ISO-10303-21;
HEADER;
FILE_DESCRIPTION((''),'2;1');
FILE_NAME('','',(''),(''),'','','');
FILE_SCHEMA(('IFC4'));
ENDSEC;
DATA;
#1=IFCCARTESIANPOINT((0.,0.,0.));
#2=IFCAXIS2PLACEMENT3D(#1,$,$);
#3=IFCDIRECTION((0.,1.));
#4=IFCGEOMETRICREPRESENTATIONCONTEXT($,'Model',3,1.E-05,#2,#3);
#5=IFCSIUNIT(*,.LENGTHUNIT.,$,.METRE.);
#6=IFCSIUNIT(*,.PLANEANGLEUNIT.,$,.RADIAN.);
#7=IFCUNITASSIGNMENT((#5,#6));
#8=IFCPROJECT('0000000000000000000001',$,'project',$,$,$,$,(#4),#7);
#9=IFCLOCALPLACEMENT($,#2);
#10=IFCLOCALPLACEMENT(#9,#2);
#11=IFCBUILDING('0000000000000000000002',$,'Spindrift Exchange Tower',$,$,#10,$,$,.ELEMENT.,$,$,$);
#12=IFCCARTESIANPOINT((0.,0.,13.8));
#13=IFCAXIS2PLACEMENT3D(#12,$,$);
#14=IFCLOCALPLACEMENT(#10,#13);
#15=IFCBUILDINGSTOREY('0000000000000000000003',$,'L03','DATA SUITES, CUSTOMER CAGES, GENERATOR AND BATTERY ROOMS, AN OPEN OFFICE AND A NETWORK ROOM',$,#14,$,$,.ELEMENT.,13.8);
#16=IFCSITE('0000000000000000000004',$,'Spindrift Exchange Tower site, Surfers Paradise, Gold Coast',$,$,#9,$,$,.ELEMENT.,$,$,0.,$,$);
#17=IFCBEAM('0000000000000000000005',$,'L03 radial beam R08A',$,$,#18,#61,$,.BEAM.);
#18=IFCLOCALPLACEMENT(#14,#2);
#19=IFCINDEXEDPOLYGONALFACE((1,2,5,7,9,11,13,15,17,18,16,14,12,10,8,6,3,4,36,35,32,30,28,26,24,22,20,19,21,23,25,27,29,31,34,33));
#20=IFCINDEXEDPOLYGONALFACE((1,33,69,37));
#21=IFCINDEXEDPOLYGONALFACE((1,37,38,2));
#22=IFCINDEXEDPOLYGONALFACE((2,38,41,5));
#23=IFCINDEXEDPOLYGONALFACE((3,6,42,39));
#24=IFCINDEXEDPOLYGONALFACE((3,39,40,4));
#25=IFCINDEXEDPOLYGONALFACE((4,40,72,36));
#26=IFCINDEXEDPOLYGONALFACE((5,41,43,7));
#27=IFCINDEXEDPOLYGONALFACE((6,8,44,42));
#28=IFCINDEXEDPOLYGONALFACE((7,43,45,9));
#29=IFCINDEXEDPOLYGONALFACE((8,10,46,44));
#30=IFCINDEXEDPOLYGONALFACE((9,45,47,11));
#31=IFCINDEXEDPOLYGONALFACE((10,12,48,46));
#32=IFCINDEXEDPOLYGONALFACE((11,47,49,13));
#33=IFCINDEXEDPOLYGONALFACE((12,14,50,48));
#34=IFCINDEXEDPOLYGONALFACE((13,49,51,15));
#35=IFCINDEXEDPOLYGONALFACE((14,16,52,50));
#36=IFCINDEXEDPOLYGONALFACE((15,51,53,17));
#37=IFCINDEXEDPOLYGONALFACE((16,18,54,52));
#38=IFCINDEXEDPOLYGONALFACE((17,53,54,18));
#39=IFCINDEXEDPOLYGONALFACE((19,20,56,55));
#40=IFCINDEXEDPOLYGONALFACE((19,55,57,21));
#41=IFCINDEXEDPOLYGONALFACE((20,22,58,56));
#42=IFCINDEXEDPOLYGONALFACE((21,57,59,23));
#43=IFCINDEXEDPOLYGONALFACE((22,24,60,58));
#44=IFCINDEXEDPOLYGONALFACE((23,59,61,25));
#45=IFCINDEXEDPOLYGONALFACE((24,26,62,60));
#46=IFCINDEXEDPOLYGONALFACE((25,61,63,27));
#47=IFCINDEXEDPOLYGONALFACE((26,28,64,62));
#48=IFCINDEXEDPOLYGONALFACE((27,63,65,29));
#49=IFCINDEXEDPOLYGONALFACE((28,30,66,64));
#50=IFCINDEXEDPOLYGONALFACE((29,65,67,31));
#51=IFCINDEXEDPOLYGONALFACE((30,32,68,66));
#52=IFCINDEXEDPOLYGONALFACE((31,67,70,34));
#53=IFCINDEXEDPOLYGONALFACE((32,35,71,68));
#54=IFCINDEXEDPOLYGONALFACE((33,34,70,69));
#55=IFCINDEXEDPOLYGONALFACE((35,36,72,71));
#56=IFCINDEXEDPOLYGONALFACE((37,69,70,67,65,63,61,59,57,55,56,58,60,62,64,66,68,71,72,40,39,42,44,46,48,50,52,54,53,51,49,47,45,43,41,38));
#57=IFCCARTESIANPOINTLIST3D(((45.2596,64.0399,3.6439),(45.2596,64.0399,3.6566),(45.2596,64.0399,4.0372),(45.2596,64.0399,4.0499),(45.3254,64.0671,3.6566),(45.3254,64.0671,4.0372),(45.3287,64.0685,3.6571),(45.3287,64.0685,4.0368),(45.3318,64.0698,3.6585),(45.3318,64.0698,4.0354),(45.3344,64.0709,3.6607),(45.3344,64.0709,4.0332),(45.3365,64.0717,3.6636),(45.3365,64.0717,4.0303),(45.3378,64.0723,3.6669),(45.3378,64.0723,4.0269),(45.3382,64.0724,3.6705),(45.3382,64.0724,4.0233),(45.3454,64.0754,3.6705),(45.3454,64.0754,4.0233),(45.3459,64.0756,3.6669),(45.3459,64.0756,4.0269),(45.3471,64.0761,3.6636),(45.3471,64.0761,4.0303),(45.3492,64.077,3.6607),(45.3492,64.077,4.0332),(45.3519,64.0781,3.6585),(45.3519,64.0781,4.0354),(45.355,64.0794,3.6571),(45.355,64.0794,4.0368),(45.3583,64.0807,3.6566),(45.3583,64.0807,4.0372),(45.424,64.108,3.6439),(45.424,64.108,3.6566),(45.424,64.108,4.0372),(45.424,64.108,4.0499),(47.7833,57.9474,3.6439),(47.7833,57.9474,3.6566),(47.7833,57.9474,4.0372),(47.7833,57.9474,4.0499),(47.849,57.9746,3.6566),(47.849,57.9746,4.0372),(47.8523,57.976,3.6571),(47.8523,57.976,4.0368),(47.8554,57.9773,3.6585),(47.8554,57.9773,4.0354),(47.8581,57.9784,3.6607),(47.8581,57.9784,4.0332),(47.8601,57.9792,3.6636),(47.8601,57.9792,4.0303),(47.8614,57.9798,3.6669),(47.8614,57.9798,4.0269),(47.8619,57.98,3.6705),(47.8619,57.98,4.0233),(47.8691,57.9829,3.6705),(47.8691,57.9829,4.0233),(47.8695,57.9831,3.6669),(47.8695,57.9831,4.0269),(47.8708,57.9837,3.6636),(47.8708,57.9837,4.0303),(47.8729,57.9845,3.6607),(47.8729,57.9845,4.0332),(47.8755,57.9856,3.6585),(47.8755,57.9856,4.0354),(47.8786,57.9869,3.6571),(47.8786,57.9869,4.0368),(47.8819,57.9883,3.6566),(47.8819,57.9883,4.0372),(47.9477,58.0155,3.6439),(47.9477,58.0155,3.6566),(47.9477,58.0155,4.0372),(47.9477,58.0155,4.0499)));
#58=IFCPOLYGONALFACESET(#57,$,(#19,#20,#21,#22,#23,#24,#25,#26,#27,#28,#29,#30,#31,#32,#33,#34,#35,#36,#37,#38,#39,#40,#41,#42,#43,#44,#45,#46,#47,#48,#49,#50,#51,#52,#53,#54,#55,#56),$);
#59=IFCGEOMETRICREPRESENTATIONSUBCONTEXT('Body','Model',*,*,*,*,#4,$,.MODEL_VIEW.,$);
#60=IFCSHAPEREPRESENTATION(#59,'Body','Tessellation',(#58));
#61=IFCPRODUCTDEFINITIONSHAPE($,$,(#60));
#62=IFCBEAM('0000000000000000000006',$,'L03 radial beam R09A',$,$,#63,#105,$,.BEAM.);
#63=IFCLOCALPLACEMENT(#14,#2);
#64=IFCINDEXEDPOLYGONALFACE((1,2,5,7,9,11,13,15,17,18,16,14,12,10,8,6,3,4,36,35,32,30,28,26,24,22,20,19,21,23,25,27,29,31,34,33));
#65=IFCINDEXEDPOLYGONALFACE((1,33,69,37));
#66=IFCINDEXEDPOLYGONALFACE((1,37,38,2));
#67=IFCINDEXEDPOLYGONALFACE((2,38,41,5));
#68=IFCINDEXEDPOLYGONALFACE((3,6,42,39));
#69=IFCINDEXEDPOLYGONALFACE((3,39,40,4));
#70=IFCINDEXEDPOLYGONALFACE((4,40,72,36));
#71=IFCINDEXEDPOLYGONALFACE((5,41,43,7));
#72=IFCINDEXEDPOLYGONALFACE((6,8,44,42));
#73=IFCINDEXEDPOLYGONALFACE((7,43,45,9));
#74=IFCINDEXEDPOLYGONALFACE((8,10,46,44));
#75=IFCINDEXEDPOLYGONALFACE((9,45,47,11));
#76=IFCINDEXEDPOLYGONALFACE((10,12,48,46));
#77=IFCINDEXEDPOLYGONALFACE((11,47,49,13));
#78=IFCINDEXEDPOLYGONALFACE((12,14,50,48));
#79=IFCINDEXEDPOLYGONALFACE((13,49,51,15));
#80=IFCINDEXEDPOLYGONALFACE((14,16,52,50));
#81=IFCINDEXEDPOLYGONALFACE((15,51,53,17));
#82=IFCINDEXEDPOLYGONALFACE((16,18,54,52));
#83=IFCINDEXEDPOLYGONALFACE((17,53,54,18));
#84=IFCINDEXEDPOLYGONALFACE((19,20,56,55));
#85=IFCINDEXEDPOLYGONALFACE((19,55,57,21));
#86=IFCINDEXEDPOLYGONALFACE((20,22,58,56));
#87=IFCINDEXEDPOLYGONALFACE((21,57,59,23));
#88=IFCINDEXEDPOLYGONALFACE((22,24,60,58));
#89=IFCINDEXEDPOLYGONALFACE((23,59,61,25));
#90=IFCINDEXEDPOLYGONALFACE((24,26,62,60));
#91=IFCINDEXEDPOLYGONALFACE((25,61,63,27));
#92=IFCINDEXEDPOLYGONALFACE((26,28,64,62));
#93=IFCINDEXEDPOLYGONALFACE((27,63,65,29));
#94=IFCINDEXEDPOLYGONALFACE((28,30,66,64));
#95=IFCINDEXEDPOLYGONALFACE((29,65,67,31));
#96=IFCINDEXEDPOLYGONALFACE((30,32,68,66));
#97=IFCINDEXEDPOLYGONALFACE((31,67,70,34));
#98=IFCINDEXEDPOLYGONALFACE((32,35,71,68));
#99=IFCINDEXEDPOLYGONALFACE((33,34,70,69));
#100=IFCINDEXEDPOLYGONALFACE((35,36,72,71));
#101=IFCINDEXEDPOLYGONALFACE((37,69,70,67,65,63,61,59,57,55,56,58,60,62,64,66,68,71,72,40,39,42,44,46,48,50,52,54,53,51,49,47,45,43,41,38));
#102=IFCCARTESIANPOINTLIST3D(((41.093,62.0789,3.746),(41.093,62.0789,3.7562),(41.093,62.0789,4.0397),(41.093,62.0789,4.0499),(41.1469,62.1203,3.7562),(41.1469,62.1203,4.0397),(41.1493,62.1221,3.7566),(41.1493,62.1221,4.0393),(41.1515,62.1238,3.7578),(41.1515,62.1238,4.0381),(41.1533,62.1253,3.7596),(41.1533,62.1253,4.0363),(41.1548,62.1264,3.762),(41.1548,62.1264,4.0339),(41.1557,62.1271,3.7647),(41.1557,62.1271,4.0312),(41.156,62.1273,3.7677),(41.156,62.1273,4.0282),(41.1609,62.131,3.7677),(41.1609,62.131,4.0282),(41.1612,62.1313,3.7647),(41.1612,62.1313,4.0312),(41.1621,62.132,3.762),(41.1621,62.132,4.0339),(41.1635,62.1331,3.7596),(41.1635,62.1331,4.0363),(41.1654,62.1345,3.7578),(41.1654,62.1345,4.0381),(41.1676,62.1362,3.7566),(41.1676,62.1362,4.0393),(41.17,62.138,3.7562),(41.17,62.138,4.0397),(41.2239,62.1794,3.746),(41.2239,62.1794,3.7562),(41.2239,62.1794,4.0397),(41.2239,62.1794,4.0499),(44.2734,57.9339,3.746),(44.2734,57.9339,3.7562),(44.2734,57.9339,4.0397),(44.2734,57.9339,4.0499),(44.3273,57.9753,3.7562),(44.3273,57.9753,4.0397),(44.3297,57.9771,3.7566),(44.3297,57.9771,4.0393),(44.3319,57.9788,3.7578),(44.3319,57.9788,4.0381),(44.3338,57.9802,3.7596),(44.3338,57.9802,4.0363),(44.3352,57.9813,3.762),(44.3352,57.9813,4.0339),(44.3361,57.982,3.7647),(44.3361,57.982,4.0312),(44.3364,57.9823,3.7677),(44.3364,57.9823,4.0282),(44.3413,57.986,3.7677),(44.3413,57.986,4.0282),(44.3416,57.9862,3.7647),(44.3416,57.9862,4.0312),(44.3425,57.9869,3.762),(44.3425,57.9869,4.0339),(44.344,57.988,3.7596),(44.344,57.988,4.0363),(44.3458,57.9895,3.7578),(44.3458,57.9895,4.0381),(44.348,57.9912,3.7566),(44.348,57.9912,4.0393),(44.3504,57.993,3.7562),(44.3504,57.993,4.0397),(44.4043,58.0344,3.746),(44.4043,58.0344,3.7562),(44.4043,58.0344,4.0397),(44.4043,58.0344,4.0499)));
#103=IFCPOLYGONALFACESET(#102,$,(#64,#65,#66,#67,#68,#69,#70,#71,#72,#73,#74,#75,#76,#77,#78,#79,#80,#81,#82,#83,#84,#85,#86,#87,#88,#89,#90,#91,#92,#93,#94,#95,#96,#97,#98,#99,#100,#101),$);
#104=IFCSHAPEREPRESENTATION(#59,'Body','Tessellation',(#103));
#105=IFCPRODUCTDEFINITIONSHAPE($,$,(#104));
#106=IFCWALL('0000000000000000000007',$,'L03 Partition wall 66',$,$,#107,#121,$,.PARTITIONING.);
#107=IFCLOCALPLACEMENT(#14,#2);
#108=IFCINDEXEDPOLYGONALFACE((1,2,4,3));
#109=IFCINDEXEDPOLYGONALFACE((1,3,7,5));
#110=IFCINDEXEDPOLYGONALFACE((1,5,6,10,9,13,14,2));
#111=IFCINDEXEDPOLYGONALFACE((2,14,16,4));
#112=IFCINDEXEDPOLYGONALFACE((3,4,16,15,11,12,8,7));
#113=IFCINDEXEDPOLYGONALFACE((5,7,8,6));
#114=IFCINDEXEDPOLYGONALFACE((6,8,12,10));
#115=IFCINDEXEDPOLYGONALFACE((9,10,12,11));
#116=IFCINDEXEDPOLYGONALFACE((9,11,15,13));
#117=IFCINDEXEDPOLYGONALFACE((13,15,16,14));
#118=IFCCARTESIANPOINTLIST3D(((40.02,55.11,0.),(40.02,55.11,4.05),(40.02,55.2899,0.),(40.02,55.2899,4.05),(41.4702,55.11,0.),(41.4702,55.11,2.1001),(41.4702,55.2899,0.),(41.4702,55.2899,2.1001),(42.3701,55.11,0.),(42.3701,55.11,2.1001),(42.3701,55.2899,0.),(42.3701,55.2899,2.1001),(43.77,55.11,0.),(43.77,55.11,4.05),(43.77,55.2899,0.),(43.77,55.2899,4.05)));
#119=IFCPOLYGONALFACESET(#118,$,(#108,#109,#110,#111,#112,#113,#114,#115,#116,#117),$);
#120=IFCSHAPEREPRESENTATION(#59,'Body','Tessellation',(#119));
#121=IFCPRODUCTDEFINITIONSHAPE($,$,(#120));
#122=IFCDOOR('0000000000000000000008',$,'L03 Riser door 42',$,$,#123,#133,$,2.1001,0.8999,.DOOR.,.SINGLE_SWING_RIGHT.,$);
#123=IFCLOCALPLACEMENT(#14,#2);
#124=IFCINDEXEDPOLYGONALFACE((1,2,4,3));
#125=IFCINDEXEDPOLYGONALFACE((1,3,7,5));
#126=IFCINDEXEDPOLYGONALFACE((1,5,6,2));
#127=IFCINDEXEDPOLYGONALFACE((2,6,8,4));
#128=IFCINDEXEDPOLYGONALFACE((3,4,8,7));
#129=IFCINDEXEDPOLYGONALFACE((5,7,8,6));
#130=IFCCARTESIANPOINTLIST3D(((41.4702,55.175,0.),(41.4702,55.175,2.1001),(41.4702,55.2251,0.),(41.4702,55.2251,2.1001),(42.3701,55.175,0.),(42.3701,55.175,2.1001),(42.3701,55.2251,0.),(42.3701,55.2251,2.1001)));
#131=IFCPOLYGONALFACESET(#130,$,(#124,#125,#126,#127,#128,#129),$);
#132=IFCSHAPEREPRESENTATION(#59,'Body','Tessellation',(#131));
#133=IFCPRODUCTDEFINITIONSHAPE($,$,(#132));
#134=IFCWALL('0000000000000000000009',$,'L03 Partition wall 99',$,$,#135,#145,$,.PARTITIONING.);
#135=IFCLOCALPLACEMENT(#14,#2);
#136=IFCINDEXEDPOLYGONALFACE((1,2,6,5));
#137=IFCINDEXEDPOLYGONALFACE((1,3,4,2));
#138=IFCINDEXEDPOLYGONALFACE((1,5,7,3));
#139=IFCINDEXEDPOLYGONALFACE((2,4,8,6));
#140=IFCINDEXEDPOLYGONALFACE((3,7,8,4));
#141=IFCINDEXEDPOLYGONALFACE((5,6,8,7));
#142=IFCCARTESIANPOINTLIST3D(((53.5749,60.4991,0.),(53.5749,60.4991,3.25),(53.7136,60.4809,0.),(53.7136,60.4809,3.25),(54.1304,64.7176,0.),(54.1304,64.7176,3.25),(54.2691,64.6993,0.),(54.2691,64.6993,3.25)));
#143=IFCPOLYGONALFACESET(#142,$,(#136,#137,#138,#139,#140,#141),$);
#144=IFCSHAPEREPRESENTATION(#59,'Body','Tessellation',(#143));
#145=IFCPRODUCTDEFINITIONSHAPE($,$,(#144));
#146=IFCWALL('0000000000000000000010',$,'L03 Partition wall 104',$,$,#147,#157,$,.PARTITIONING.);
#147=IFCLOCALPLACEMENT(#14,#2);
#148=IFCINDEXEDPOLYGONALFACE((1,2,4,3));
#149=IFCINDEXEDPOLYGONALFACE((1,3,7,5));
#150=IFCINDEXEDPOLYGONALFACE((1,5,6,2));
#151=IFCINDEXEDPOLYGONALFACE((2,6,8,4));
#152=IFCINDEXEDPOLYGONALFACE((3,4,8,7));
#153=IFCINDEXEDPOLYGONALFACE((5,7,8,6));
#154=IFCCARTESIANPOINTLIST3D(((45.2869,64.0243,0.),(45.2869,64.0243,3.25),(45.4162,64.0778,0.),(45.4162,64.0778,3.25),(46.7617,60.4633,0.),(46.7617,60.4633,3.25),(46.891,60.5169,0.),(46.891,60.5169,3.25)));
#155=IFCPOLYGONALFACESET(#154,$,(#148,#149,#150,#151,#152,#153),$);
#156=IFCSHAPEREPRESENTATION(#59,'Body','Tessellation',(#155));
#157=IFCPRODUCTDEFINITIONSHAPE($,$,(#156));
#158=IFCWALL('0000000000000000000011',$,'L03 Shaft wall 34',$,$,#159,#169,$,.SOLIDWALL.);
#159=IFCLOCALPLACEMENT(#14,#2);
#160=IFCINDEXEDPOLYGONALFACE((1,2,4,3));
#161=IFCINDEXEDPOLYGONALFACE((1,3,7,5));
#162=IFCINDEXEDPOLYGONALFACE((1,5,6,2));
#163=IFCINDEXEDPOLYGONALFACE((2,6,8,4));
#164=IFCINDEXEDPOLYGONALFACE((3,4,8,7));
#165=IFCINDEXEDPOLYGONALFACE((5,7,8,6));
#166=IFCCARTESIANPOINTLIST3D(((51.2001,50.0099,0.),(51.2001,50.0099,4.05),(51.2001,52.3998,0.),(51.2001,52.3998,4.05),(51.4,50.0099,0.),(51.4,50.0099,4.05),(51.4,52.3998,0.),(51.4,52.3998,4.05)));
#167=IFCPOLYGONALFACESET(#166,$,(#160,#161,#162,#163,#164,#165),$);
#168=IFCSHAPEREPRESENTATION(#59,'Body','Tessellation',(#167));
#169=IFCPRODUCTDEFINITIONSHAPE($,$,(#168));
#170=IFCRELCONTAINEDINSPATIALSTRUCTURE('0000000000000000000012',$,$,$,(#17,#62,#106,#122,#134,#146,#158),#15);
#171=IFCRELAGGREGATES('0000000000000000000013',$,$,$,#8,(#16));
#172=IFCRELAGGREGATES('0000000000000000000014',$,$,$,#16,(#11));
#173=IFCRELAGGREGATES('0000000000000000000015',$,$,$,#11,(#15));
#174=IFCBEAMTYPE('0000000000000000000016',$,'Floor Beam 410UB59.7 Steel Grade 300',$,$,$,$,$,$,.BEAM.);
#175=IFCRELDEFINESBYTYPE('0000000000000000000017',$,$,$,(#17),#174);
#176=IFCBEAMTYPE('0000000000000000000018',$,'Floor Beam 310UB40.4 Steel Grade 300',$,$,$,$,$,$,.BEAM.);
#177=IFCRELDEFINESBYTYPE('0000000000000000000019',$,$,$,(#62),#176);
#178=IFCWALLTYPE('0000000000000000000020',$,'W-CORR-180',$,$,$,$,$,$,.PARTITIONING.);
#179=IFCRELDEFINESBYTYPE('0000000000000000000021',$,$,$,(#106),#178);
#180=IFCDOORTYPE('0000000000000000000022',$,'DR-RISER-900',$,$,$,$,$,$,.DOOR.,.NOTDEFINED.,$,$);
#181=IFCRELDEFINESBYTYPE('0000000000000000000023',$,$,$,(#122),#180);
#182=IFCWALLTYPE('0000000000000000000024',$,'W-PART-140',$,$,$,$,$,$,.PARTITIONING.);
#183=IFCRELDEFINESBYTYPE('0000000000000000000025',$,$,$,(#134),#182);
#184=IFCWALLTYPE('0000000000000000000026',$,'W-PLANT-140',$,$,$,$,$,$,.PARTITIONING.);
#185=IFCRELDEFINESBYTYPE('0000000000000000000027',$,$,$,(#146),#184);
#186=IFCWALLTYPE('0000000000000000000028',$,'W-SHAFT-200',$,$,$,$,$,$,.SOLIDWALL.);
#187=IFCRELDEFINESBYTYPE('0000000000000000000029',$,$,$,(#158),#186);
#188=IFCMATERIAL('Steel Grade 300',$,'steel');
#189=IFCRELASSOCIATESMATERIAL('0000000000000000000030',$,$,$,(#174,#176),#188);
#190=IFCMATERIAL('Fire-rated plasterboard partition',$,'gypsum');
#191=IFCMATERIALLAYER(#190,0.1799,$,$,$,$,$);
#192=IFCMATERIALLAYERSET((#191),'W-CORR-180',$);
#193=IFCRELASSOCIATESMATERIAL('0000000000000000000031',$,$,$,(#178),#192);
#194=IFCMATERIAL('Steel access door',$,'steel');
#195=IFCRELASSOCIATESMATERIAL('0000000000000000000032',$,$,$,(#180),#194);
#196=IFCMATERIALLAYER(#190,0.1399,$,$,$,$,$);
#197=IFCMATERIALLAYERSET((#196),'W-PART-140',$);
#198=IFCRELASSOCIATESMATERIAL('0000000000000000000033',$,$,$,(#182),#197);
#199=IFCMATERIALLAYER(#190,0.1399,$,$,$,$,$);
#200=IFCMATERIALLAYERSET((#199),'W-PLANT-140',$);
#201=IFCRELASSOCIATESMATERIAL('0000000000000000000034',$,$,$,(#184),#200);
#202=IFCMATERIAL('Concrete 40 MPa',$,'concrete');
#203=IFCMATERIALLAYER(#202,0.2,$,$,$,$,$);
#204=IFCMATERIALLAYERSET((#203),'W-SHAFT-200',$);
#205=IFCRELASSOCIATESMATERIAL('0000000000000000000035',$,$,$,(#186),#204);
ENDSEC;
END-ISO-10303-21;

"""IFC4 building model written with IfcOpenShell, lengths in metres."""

from ifc_helpers import new_model, si_unit, direction, frame, frame_2d, origin, origin_2d, place, context, subcontext, project, spatial, rectangle, i_section, extrude, source, transform, mapped, material, layer, layer_set, material_profile, profile_set, type_object, element, fill, save


model = new_model("IFC4")

# Units and contexts
model_context = context("Model", 3, precision=1e-05, world=origin(), true_north=direction((0.0, 1.0)))
body_context = subcontext(model_context, "Body", "Model", "MODEL_VIEW")
ifc_project = project(units=[si_unit("LENGTHUNIT", "METRE"), si_unit("PLANEANGLEUNIT", "RADIAN")], contexts=[model_context])

# Site, building, storey
site_placement = place(None, origin())
site = spatial("IfcSite", under=ifc_project, at=site_placement, Name="Spindrift Exchange Tower site, Surfers Paradise, Gold Coast", CompositionType="ELEMENT", RefElevation=0.0)
building_placement = place(site_placement, origin())
building = spatial("IfcBuilding", under=site, at=building_placement, Name="Spindrift Exchange Tower", CompositionType="ELEMENT")
storey_placement = place(building_placement, frame((0.0, 0.0, 13.8)))
storey = spatial("IfcBuildingStorey", under=building, at=storey_placement, Name="L03", Description="DATA SUITES, CUSTOMER CAGES, GENERATOR AND BATTERY ROOMS, AN OPEN OFFICE AND A NETWORK ROOM", CompositionType="ELEMENT", Elevation=13.8)

# Beams
ifc_material_1 = material(Name="Steel Grade 300", Category="steel")
ifc_material_profile_1 = material_profile(ifc_material_1, i_section(OverallWidth=0.178, OverallDepth=0.406, WebThickness=0.0078, FlangeThickness=0.0127, FilletRadius=0.0139, at=origin_2d()), Name="410UB59.7")
ifc_profile_set_1 = profile_set([ifc_material_profile_1], Name="Steel Grade 300")
beam_type_1 = type_object("IfcBeamType", Name="Floor Beam 410UB59.7 Steel Grade 300", PredefinedType="BEAM", material=ifc_profile_set_1)
shared_shape_1 = source(origin(), body_context, "Body", "SweptSolid", [
    extrude(i_section(OverallWidth=0.178, OverallDepth=0.406, WebThickness=0.0078, FlangeThickness=0.0127, FilletRadius=0.0139, at=origin_2d()), origin(), (0.0, 0.0, 1.0), 6.5945),
])
beam_1_placement = place(storey_placement, frame((47.8655, 57.9814, 3.8469), z_axis=(-0.382693, 0.923876, 0.0), x_axis=(-0.923876, -0.382693, 0.0)))
element("IfcBeam", 1, at=beam_1_placement, inside=storey, type_object=beam_type_1, Name="L03 radial beam R08A", PredefinedType="BEAM", context=body_context, shape_type="MappedRepresentation", body=[
    mapped(shared_shape_1, transform((0.0, 0.0, 0.0), scale=1.0)),
])
ifc_material_profile_2 = material_profile(ifc_material_1, i_section(OverallWidth=0.165, OverallDepth=0.304, WebThickness=0.0061, FlangeThickness=0.0103, FilletRadius=0.0115, at=origin_2d()), Name="310UB40.4")
ifc_profile_set_2 = profile_set([ifc_material_profile_2], Name="Steel Grade 300")
beam_type_2 = type_object("IfcBeamType", Name="Floor Beam 310UB40.4 Steel Grade 300", PredefinedType="BEAM", material=ifc_profile_set_2)
shared_shape_2 = source(origin(), body_context, "Body", "SweptSolid", [
    extrude(i_section(OverallWidth=0.165, OverallDepth=0.304, WebThickness=0.0061, FlangeThickness=0.0103, FilletRadius=0.0115, at=origin_2d()), origin(), (0.0, 0.0, 1.0), 5.2246),
])
beam_2_placement = place(storey_placement, frame((44.3389, 57.9841, 3.8979), z_axis=(-0.608741, 0.793369, 0.0), x_axis=(-0.793369, -0.608741, 0.0)))
element("IfcBeam", 2, at=beam_2_placement, inside=storey, type_object=beam_type_2, Name="L03 radial beam R09A", PredefinedType="BEAM", context=body_context, shape_type="MappedRepresentation", body=[
    mapped(shared_shape_2, transform((0.0, 0.0, 0.0), scale=1.0)),
])

# Wall, opening, door
ifc_material_2 = material(Name="Fire-rated plasterboard partition", Category="gypsum")
ifc_layer_1 = layer(ifc_material_2, 0.1799)
ifc_layer_set_1 = layer_set([ifc_layer_1], Name="W-CORR-180")
wall_type_1 = type_object("IfcWallType", Name="W-CORR-180", PredefinedType="PARTITIONING", material=ifc_layer_set_1)
wall_1_placement = place(storey_placement, frame((43.77, 55.2, 0.0), z_axis=(0.0, 0.0, 1.0), x_axis=(-1.0, 0.0, 0.0)))
wall_1 = element("IfcWall", 3, at=wall_1_placement, inside=storey, type_object=wall_type_1, Name="L03 Partition wall 66", PredefinedType="PARTITIONING", context=body_context, shape_type="SweptSolid", body=[
    extrude(rectangle(XDim=3.75, YDim=0.1799, at=frame_2d((1.875, 0.0))), origin(), (0.0, 0.0, 1.0), 4.05),
])
opening_1_placement = place(wall_1_placement, frame((1.3999, 0.0, 0.0)))
opening_1 = element("IfcOpeningElement", 4, at=opening_1_placement, cuts=wall_1, PredefinedType="OPENING", context=body_context, shape_type="SweptSolid", body=[
    extrude(rectangle(XDim=0.8999, YDim=2.1001, at=frame_2d((0.45, 1.05))), frame((0.0, 0.0999, 0.0), z_axis=(0.0, -1.0, 0.0), x_axis=(1.0, 0.0, 0.0)), (0.0, 0.0, 1.0), 0.2),
])
ifc_material_3 = material(Name="Steel access door", Category="steel")
door_type_1 = type_object("IfcDoorType", Name="DR-RISER-900", OperationType="NOTDEFINED", PredefinedType="DOOR", material=ifc_material_3)
shared_shape_3 = source(origin(), body_context, "Body", "SweptSolid", [
    extrude(rectangle(XDim=0.8999, YDim=2.1001, at=frame_2d((0.45, 1.05))), frame((0.0, 0.0249, 0.0), z_axis=(0.0, -1.0, 0.0), x_axis=(1.0, 0.0, 0.0)), (0.0, 0.0, 1.0), 0.05),
])
door_1_placement = place(opening_1_placement, origin())
door_1 = element("IfcDoor", 5, at=door_1_placement, inside=storey, type_object=door_type_1, Name="L03 Riser door 42", OperationType="SINGLE_SWING_RIGHT", OverallHeight=2.1001, OverallWidth=0.8999, PredefinedType="DOOR", context=body_context, shape_type="MappedRepresentation", body=[
    mapped(shared_shape_3, transform((0.0, 0.0, 0.0), scale=1.0)),
])
fill(opening_1, door_1)

# Walls
ifc_layer_2 = layer(ifc_material_2, 0.1399)
ifc_layer_set_2 = layer_set([ifc_layer_2], Name="W-PART-140")
wall_type_2 = type_object("IfcWallType", Name="W-PART-140", PredefinedType="PARTITIONING", material=ifc_layer_set_2)
wall_2_placement = place(storey_placement, frame((53.6443, 60.49, 0.0), z_axis=(0.0, 0.0, 1.0), x_axis=(0.130536, 0.991444, 0.0)))
element("IfcWall", 6, at=wall_2_placement, inside=storey, type_object=wall_type_2, Name="L03 Partition wall 99", PredefinedType="PARTITIONING", context=body_context, shape_type="SweptSolid", body=[
    extrude(rectangle(XDim=4.2549, YDim=0.1399, at=frame_2d((2.1274, 0.0))), origin(), (0.0, 0.0, 1.0), 3.25),
])
ifc_layer_3 = layer(ifc_material_2, 0.1399)
ifc_layer_set_3 = layer_set([ifc_layer_3], Name="W-PLANT-140")
wall_type_3 = type_object("IfcWallType", Name="W-PLANT-140", PredefinedType="PARTITIONING", material=ifc_layer_set_3)
wall_3_placement = place(storey_placement, frame((46.8264, 60.49, 0.0), z_axis=(0.0, 0.0, 1.0), x_axis=(-0.382645, 0.923896, 0.0)))
element("IfcWall", 7, at=wall_3_placement, inside=storey, type_object=wall_type_3, Name="L03 Partition wall 104", PredefinedType="PARTITIONING", context=body_context, shape_type="SweptSolid", body=[
    extrude(rectangle(XDim=3.8542, YDim=0.1399, at=frame_2d((1.9272, 0.0))), origin(), (0.0, 0.0, 1.0), 3.25),
])
ifc_material_4 = material(Name="Concrete 40 MPa", Category="concrete")
ifc_layer_4 = layer(ifc_material_4, 0.2)
ifc_layer_set_4 = layer_set([ifc_layer_4], Name="W-SHAFT-200")
wall_type_4 = type_object("IfcWallType", Name="W-SHAFT-200", PredefinedType="SOLIDWALL", material=ifc_layer_set_4)
wall_4_placement = place(storey_placement, frame((51.3, 50.01, 0.0), z_axis=(0.0, 0.0, 1.0), x_axis=(0.0, 1.0, 0.0)))
element("IfcWall", 8, at=wall_4_placement, inside=storey, type_object=wall_type_4, Name="L03 Shaft wall 34", PredefinedType="SOLIDWALL", context=body_context, shape_type="SweptSolid", body=[
    extrude(rectangle(XDim=2.3899, YDim=0.2, at=frame_2d((1.1948, 0.0))), origin(), (0.0, 0.0, 1.0), 4.05),
])

save(model, "model.ifc")
